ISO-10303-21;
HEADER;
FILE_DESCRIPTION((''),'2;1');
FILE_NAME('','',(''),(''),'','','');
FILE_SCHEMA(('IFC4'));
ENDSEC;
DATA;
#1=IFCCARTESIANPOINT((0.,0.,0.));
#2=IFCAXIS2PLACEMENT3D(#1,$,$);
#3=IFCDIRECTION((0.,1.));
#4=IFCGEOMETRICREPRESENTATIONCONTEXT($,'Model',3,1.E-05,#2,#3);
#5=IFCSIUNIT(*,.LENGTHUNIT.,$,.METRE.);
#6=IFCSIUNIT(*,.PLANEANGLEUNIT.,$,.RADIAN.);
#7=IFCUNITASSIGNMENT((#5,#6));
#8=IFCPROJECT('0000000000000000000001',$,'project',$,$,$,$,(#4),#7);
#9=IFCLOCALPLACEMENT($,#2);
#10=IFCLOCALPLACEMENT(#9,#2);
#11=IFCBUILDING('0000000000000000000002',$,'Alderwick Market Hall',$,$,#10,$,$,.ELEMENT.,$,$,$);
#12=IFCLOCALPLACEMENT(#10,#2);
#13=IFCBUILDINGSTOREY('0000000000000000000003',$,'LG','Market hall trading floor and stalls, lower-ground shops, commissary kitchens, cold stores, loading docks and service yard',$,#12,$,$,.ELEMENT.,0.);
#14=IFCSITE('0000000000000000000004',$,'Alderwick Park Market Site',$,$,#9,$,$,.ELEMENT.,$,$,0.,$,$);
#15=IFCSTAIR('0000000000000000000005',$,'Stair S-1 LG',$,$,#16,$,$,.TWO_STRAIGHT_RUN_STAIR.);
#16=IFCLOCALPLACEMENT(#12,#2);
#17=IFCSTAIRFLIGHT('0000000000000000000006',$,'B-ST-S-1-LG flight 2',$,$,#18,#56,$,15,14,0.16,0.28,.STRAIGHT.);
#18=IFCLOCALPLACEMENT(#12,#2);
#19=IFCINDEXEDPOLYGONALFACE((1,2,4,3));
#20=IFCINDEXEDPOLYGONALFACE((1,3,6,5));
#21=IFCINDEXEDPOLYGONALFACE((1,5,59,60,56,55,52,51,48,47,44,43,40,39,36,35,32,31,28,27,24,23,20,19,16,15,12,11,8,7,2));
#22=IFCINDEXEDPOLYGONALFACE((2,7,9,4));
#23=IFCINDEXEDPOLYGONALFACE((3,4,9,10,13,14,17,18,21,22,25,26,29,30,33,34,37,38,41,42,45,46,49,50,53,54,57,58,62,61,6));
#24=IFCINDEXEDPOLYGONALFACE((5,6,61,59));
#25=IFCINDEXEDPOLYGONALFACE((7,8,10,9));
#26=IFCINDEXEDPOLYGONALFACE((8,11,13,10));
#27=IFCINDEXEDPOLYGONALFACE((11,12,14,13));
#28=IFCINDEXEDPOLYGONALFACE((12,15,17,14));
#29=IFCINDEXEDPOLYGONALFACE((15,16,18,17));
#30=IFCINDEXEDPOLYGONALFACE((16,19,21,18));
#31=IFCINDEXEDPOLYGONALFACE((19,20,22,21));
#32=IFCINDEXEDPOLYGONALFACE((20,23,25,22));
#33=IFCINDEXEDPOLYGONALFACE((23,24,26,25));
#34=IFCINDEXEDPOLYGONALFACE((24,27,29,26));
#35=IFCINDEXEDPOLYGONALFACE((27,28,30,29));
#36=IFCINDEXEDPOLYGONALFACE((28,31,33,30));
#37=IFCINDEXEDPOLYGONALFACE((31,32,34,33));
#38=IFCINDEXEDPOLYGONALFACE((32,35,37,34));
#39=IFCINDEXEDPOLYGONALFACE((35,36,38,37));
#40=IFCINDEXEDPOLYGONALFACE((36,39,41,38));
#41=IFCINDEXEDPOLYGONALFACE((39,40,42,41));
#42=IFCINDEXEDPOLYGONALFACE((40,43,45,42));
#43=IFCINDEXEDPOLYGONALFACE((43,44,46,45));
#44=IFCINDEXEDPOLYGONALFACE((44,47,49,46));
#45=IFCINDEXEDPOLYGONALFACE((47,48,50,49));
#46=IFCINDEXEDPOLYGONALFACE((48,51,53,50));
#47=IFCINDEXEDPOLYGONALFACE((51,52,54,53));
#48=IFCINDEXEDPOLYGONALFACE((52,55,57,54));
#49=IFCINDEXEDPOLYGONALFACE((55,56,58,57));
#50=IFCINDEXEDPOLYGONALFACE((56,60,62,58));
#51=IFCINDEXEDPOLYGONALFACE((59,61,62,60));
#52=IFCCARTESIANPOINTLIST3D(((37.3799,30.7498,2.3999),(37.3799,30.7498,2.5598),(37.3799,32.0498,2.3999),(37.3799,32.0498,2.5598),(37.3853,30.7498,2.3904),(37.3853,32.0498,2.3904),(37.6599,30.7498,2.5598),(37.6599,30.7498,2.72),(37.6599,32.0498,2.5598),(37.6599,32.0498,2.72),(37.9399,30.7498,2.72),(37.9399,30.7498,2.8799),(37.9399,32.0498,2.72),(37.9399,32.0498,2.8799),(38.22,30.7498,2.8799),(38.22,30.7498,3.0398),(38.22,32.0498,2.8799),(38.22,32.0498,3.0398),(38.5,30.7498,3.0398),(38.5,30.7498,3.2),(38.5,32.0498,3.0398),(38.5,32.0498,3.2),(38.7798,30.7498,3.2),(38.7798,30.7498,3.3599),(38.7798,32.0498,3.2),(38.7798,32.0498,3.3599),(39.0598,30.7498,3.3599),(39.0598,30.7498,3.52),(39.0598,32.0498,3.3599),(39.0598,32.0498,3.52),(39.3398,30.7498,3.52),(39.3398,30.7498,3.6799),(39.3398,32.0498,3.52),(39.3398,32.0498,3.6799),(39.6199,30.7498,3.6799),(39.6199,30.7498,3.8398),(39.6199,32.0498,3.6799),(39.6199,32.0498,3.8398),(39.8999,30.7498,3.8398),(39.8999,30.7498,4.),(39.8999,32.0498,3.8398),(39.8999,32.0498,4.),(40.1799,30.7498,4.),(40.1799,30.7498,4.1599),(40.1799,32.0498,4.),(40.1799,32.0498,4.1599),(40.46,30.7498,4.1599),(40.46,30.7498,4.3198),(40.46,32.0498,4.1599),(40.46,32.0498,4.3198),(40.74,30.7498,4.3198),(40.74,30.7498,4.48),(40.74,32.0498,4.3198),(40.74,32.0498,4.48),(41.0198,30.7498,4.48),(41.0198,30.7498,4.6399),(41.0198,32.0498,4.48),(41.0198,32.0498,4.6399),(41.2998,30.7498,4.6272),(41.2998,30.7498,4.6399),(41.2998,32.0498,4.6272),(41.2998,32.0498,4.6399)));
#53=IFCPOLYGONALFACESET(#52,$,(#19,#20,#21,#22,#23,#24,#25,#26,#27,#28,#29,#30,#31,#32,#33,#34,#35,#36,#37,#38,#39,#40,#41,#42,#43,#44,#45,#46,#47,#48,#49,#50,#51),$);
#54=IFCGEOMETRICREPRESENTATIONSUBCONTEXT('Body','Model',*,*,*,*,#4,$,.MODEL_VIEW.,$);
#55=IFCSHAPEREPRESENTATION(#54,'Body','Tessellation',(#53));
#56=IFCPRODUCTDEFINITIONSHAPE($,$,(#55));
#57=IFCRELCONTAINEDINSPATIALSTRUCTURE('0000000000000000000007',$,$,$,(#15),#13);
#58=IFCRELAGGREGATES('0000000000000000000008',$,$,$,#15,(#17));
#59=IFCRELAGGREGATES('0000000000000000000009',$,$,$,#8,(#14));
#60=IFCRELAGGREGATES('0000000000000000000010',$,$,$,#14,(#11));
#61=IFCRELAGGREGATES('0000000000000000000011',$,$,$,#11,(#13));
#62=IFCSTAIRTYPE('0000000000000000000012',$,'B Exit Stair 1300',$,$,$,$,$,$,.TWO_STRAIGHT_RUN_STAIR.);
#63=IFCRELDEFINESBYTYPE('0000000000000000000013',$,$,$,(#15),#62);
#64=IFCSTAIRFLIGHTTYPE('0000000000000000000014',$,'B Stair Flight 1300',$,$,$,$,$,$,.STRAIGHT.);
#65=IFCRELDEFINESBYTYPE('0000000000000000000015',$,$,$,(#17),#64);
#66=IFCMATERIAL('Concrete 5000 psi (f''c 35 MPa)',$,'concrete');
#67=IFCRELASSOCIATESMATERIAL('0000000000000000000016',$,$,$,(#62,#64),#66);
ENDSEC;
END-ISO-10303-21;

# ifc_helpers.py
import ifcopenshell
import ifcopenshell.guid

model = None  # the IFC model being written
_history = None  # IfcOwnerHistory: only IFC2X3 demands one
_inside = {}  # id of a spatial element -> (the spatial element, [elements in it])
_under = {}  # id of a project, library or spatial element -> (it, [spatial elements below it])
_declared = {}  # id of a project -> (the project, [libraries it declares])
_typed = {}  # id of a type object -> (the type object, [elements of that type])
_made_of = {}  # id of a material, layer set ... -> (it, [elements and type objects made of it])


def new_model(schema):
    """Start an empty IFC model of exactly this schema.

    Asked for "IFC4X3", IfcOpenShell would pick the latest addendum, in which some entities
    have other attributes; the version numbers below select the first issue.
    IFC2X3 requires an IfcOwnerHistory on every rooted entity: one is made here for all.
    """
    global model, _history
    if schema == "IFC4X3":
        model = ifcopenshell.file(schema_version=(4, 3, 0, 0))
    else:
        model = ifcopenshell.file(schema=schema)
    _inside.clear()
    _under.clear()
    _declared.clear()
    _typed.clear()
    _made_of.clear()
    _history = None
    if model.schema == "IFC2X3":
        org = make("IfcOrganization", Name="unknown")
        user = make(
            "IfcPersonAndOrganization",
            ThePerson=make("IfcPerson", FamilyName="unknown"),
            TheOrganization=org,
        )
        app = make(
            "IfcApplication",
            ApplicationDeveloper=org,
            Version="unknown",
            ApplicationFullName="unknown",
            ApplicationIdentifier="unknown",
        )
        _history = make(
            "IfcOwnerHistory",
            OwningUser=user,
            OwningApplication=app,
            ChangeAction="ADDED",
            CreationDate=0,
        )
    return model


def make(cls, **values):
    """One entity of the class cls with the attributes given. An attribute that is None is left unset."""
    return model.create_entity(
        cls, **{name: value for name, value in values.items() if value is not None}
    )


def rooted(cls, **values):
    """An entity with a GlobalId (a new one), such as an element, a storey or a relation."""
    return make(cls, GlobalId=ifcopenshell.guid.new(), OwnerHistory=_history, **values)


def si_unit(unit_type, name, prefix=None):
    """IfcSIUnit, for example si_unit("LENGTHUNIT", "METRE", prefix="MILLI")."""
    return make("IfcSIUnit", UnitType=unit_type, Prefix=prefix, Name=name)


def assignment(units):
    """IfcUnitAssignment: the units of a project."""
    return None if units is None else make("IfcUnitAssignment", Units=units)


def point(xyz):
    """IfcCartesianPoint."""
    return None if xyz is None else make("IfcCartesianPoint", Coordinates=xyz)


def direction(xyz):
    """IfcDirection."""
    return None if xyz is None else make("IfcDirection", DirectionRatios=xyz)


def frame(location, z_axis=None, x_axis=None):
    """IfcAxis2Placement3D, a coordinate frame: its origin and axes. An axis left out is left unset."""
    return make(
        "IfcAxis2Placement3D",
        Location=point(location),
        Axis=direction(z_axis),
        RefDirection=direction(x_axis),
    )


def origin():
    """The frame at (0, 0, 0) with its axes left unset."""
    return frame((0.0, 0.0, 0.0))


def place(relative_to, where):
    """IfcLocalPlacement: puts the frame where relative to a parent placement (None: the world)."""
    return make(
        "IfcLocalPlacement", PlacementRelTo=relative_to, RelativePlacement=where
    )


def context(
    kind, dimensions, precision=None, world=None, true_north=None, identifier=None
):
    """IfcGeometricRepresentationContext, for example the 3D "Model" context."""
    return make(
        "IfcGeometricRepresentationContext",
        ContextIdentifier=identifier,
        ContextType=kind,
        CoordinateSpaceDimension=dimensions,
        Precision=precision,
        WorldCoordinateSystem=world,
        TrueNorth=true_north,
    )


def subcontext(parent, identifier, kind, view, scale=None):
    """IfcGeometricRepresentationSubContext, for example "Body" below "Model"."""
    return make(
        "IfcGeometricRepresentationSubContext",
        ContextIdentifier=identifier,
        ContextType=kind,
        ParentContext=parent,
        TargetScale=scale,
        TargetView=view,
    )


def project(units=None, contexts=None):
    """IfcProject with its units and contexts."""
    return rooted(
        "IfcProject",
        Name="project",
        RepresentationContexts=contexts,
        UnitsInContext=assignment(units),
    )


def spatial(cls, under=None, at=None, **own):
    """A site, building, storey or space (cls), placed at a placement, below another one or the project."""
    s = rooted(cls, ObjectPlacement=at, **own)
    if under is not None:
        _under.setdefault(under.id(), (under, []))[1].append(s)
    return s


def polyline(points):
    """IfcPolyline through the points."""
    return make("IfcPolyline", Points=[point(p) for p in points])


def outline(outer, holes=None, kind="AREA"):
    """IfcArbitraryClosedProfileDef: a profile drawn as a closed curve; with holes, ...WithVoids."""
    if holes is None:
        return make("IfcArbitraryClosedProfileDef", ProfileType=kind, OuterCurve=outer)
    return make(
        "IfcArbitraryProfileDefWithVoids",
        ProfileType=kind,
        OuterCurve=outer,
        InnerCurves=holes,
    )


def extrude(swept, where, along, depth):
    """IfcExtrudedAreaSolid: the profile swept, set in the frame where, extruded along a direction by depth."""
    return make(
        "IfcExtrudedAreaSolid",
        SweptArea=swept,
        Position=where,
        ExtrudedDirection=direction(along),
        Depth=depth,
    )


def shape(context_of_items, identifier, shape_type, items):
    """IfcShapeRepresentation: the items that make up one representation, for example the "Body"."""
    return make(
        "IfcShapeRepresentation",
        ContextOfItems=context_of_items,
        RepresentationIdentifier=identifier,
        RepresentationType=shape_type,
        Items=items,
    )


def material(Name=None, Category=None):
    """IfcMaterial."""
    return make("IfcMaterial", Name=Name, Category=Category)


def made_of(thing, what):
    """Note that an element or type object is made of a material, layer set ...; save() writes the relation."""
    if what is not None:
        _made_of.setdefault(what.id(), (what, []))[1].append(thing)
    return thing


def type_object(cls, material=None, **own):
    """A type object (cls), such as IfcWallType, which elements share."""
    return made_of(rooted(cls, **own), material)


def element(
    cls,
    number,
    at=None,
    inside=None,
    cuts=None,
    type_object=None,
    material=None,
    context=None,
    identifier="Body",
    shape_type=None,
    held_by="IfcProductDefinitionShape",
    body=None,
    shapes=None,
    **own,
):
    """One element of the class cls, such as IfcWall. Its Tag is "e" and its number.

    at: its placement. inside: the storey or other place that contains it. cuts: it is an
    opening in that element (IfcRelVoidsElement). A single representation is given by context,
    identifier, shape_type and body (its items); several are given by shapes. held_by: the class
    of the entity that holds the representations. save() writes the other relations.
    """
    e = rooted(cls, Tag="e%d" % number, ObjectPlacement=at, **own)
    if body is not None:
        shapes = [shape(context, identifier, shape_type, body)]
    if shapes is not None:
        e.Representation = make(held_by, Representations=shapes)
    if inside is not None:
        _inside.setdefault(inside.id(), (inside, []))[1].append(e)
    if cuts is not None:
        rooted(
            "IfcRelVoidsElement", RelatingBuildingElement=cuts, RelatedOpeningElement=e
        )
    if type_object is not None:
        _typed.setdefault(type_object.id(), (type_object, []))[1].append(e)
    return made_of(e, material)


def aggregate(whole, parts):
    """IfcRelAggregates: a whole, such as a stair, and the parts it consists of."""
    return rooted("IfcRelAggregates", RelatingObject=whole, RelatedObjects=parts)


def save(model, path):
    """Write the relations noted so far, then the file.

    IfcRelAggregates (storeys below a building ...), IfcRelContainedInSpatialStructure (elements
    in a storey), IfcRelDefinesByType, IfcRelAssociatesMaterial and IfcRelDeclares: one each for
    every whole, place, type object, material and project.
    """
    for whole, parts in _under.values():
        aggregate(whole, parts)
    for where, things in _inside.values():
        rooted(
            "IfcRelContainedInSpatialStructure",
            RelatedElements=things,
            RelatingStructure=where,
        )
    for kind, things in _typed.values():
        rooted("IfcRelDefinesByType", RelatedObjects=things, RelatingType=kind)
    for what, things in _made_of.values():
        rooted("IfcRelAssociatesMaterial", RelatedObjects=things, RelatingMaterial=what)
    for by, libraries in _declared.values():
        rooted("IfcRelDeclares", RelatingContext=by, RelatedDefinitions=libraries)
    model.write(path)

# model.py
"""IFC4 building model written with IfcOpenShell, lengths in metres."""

from ifc_helpers import new_model, si_unit, direction, frame, origin, place, context, subcontext, project, spatial, polyline, outline, extrude, material, type_object, element, aggregate, save


model = new_model("IFC4")

# Units and contexts
model_context = context("Model", 3, precision=1e-05, world=origin(), true_north=direction((0.0, 1.0)))
body_context = subcontext(model_context, "Body", "Model", "MODEL_VIEW")
ifc_project = project(units=[si_unit("LENGTHUNIT", "METRE"), si_unit("PLANEANGLEUNIT", "RADIAN")], contexts=[model_context])

# Site, building, storey
site_placement = place(None, origin())
site = spatial("IfcSite", under=ifc_project, at=site_placement, Name="Alderwick Park Market Site", CompositionType="ELEMENT", RefElevation=0.0)
building_placement = place(site_placement, origin())
building = spatial("IfcBuilding", under=site, at=building_placement, Name="Alderwick Market Hall", CompositionType="ELEMENT")
storey_placement = place(building_placement, origin())
storey = spatial("IfcBuildingStorey", under=building, at=storey_placement, Name="LG", Description="Market hall trading floor and stalls, lower-ground shops, commissary kitchens, cold stores, loading docks and service yard", CompositionType="ELEMENT", Elevation=0.0)

# Shared definitions
ifc_material_1 = material(Name="Concrete 5000 psi (f'c 35 MPa)", Category="concrete")

# Stair, stair flight
stair_type = type_object("IfcStairType", Name="B Exit Stair 1300", PredefinedType="TWO_STRAIGHT_RUN_STAIR", material=ifc_material_1)
stair_placement = place(storey_placement, origin())
stair = element("IfcStair", 1, at=stair_placement, inside=storey, type_object=stair_type, Name="Stair S-1 LG", PredefinedType="TWO_STRAIGHT_RUN_STAIR")
stair_flight_type = type_object("IfcStairFlightType", Name="B Stair Flight 1300", PredefinedType="STRAIGHT", material=ifc_material_1)
stair_flight_1_placement = place(storey_placement, frame((37.3799, 31.3999, 2.3999), z_axis=(0.0, 0.0, 1.0), x_axis=(1.0, 0.0, 0.0)))
stair_flight_1 = element("IfcStairFlight", 2, at=stair_flight_1_placement, type_object=stair_flight_type, Name="B-ST-S-1-LG flight 2", NumberOfRisers=15, NumberOfTreads=14, PredefinedType="STRAIGHT", RiserHeight=0.16, TreadLength=0.28, context=body_context, shape_type="SweptSolid", body=[
    extrude(outline(polyline([(0.0054, -0.0095), (0.0, 0.0), (0.0, 0.1599), (0.28, 0.1599), (0.28, 0.3201), (0.5601, 0.3201), (0.5601, 0.48), (0.8401, 0.48), (0.8401, 0.6399), (1.1201, 0.6399), (1.1201, 0.8), (1.3999, 0.8), (1.3999, 0.96), (1.6799, 0.96), (1.6799, 1.1201), (1.96, 1.1201), (1.96, 1.28), (2.24, 1.28), (2.24, 1.4399), (2.52, 1.4399), (2.52, 1.6001), (2.8, 1.6001), (2.8, 1.76), (3.0801, 1.76), (3.0801, 1.9199), (3.3601, 1.9199), (3.3601, 2.0801), (3.6399, 2.0801), (3.6399, 2.24), (3.9199, 2.24), (3.9199, 2.2273), (0.0054, -0.0095)])), frame((0.0, 0.6499, 0.0), z_axis=(0.0, -1.0, 0.0), x_axis=(1.0, 0.0, 0.0)), (0.0, 0.0, 1.0), 1.3),
])
aggregate(stair, [stair_flight_1])

save(model, "model.ifc")
